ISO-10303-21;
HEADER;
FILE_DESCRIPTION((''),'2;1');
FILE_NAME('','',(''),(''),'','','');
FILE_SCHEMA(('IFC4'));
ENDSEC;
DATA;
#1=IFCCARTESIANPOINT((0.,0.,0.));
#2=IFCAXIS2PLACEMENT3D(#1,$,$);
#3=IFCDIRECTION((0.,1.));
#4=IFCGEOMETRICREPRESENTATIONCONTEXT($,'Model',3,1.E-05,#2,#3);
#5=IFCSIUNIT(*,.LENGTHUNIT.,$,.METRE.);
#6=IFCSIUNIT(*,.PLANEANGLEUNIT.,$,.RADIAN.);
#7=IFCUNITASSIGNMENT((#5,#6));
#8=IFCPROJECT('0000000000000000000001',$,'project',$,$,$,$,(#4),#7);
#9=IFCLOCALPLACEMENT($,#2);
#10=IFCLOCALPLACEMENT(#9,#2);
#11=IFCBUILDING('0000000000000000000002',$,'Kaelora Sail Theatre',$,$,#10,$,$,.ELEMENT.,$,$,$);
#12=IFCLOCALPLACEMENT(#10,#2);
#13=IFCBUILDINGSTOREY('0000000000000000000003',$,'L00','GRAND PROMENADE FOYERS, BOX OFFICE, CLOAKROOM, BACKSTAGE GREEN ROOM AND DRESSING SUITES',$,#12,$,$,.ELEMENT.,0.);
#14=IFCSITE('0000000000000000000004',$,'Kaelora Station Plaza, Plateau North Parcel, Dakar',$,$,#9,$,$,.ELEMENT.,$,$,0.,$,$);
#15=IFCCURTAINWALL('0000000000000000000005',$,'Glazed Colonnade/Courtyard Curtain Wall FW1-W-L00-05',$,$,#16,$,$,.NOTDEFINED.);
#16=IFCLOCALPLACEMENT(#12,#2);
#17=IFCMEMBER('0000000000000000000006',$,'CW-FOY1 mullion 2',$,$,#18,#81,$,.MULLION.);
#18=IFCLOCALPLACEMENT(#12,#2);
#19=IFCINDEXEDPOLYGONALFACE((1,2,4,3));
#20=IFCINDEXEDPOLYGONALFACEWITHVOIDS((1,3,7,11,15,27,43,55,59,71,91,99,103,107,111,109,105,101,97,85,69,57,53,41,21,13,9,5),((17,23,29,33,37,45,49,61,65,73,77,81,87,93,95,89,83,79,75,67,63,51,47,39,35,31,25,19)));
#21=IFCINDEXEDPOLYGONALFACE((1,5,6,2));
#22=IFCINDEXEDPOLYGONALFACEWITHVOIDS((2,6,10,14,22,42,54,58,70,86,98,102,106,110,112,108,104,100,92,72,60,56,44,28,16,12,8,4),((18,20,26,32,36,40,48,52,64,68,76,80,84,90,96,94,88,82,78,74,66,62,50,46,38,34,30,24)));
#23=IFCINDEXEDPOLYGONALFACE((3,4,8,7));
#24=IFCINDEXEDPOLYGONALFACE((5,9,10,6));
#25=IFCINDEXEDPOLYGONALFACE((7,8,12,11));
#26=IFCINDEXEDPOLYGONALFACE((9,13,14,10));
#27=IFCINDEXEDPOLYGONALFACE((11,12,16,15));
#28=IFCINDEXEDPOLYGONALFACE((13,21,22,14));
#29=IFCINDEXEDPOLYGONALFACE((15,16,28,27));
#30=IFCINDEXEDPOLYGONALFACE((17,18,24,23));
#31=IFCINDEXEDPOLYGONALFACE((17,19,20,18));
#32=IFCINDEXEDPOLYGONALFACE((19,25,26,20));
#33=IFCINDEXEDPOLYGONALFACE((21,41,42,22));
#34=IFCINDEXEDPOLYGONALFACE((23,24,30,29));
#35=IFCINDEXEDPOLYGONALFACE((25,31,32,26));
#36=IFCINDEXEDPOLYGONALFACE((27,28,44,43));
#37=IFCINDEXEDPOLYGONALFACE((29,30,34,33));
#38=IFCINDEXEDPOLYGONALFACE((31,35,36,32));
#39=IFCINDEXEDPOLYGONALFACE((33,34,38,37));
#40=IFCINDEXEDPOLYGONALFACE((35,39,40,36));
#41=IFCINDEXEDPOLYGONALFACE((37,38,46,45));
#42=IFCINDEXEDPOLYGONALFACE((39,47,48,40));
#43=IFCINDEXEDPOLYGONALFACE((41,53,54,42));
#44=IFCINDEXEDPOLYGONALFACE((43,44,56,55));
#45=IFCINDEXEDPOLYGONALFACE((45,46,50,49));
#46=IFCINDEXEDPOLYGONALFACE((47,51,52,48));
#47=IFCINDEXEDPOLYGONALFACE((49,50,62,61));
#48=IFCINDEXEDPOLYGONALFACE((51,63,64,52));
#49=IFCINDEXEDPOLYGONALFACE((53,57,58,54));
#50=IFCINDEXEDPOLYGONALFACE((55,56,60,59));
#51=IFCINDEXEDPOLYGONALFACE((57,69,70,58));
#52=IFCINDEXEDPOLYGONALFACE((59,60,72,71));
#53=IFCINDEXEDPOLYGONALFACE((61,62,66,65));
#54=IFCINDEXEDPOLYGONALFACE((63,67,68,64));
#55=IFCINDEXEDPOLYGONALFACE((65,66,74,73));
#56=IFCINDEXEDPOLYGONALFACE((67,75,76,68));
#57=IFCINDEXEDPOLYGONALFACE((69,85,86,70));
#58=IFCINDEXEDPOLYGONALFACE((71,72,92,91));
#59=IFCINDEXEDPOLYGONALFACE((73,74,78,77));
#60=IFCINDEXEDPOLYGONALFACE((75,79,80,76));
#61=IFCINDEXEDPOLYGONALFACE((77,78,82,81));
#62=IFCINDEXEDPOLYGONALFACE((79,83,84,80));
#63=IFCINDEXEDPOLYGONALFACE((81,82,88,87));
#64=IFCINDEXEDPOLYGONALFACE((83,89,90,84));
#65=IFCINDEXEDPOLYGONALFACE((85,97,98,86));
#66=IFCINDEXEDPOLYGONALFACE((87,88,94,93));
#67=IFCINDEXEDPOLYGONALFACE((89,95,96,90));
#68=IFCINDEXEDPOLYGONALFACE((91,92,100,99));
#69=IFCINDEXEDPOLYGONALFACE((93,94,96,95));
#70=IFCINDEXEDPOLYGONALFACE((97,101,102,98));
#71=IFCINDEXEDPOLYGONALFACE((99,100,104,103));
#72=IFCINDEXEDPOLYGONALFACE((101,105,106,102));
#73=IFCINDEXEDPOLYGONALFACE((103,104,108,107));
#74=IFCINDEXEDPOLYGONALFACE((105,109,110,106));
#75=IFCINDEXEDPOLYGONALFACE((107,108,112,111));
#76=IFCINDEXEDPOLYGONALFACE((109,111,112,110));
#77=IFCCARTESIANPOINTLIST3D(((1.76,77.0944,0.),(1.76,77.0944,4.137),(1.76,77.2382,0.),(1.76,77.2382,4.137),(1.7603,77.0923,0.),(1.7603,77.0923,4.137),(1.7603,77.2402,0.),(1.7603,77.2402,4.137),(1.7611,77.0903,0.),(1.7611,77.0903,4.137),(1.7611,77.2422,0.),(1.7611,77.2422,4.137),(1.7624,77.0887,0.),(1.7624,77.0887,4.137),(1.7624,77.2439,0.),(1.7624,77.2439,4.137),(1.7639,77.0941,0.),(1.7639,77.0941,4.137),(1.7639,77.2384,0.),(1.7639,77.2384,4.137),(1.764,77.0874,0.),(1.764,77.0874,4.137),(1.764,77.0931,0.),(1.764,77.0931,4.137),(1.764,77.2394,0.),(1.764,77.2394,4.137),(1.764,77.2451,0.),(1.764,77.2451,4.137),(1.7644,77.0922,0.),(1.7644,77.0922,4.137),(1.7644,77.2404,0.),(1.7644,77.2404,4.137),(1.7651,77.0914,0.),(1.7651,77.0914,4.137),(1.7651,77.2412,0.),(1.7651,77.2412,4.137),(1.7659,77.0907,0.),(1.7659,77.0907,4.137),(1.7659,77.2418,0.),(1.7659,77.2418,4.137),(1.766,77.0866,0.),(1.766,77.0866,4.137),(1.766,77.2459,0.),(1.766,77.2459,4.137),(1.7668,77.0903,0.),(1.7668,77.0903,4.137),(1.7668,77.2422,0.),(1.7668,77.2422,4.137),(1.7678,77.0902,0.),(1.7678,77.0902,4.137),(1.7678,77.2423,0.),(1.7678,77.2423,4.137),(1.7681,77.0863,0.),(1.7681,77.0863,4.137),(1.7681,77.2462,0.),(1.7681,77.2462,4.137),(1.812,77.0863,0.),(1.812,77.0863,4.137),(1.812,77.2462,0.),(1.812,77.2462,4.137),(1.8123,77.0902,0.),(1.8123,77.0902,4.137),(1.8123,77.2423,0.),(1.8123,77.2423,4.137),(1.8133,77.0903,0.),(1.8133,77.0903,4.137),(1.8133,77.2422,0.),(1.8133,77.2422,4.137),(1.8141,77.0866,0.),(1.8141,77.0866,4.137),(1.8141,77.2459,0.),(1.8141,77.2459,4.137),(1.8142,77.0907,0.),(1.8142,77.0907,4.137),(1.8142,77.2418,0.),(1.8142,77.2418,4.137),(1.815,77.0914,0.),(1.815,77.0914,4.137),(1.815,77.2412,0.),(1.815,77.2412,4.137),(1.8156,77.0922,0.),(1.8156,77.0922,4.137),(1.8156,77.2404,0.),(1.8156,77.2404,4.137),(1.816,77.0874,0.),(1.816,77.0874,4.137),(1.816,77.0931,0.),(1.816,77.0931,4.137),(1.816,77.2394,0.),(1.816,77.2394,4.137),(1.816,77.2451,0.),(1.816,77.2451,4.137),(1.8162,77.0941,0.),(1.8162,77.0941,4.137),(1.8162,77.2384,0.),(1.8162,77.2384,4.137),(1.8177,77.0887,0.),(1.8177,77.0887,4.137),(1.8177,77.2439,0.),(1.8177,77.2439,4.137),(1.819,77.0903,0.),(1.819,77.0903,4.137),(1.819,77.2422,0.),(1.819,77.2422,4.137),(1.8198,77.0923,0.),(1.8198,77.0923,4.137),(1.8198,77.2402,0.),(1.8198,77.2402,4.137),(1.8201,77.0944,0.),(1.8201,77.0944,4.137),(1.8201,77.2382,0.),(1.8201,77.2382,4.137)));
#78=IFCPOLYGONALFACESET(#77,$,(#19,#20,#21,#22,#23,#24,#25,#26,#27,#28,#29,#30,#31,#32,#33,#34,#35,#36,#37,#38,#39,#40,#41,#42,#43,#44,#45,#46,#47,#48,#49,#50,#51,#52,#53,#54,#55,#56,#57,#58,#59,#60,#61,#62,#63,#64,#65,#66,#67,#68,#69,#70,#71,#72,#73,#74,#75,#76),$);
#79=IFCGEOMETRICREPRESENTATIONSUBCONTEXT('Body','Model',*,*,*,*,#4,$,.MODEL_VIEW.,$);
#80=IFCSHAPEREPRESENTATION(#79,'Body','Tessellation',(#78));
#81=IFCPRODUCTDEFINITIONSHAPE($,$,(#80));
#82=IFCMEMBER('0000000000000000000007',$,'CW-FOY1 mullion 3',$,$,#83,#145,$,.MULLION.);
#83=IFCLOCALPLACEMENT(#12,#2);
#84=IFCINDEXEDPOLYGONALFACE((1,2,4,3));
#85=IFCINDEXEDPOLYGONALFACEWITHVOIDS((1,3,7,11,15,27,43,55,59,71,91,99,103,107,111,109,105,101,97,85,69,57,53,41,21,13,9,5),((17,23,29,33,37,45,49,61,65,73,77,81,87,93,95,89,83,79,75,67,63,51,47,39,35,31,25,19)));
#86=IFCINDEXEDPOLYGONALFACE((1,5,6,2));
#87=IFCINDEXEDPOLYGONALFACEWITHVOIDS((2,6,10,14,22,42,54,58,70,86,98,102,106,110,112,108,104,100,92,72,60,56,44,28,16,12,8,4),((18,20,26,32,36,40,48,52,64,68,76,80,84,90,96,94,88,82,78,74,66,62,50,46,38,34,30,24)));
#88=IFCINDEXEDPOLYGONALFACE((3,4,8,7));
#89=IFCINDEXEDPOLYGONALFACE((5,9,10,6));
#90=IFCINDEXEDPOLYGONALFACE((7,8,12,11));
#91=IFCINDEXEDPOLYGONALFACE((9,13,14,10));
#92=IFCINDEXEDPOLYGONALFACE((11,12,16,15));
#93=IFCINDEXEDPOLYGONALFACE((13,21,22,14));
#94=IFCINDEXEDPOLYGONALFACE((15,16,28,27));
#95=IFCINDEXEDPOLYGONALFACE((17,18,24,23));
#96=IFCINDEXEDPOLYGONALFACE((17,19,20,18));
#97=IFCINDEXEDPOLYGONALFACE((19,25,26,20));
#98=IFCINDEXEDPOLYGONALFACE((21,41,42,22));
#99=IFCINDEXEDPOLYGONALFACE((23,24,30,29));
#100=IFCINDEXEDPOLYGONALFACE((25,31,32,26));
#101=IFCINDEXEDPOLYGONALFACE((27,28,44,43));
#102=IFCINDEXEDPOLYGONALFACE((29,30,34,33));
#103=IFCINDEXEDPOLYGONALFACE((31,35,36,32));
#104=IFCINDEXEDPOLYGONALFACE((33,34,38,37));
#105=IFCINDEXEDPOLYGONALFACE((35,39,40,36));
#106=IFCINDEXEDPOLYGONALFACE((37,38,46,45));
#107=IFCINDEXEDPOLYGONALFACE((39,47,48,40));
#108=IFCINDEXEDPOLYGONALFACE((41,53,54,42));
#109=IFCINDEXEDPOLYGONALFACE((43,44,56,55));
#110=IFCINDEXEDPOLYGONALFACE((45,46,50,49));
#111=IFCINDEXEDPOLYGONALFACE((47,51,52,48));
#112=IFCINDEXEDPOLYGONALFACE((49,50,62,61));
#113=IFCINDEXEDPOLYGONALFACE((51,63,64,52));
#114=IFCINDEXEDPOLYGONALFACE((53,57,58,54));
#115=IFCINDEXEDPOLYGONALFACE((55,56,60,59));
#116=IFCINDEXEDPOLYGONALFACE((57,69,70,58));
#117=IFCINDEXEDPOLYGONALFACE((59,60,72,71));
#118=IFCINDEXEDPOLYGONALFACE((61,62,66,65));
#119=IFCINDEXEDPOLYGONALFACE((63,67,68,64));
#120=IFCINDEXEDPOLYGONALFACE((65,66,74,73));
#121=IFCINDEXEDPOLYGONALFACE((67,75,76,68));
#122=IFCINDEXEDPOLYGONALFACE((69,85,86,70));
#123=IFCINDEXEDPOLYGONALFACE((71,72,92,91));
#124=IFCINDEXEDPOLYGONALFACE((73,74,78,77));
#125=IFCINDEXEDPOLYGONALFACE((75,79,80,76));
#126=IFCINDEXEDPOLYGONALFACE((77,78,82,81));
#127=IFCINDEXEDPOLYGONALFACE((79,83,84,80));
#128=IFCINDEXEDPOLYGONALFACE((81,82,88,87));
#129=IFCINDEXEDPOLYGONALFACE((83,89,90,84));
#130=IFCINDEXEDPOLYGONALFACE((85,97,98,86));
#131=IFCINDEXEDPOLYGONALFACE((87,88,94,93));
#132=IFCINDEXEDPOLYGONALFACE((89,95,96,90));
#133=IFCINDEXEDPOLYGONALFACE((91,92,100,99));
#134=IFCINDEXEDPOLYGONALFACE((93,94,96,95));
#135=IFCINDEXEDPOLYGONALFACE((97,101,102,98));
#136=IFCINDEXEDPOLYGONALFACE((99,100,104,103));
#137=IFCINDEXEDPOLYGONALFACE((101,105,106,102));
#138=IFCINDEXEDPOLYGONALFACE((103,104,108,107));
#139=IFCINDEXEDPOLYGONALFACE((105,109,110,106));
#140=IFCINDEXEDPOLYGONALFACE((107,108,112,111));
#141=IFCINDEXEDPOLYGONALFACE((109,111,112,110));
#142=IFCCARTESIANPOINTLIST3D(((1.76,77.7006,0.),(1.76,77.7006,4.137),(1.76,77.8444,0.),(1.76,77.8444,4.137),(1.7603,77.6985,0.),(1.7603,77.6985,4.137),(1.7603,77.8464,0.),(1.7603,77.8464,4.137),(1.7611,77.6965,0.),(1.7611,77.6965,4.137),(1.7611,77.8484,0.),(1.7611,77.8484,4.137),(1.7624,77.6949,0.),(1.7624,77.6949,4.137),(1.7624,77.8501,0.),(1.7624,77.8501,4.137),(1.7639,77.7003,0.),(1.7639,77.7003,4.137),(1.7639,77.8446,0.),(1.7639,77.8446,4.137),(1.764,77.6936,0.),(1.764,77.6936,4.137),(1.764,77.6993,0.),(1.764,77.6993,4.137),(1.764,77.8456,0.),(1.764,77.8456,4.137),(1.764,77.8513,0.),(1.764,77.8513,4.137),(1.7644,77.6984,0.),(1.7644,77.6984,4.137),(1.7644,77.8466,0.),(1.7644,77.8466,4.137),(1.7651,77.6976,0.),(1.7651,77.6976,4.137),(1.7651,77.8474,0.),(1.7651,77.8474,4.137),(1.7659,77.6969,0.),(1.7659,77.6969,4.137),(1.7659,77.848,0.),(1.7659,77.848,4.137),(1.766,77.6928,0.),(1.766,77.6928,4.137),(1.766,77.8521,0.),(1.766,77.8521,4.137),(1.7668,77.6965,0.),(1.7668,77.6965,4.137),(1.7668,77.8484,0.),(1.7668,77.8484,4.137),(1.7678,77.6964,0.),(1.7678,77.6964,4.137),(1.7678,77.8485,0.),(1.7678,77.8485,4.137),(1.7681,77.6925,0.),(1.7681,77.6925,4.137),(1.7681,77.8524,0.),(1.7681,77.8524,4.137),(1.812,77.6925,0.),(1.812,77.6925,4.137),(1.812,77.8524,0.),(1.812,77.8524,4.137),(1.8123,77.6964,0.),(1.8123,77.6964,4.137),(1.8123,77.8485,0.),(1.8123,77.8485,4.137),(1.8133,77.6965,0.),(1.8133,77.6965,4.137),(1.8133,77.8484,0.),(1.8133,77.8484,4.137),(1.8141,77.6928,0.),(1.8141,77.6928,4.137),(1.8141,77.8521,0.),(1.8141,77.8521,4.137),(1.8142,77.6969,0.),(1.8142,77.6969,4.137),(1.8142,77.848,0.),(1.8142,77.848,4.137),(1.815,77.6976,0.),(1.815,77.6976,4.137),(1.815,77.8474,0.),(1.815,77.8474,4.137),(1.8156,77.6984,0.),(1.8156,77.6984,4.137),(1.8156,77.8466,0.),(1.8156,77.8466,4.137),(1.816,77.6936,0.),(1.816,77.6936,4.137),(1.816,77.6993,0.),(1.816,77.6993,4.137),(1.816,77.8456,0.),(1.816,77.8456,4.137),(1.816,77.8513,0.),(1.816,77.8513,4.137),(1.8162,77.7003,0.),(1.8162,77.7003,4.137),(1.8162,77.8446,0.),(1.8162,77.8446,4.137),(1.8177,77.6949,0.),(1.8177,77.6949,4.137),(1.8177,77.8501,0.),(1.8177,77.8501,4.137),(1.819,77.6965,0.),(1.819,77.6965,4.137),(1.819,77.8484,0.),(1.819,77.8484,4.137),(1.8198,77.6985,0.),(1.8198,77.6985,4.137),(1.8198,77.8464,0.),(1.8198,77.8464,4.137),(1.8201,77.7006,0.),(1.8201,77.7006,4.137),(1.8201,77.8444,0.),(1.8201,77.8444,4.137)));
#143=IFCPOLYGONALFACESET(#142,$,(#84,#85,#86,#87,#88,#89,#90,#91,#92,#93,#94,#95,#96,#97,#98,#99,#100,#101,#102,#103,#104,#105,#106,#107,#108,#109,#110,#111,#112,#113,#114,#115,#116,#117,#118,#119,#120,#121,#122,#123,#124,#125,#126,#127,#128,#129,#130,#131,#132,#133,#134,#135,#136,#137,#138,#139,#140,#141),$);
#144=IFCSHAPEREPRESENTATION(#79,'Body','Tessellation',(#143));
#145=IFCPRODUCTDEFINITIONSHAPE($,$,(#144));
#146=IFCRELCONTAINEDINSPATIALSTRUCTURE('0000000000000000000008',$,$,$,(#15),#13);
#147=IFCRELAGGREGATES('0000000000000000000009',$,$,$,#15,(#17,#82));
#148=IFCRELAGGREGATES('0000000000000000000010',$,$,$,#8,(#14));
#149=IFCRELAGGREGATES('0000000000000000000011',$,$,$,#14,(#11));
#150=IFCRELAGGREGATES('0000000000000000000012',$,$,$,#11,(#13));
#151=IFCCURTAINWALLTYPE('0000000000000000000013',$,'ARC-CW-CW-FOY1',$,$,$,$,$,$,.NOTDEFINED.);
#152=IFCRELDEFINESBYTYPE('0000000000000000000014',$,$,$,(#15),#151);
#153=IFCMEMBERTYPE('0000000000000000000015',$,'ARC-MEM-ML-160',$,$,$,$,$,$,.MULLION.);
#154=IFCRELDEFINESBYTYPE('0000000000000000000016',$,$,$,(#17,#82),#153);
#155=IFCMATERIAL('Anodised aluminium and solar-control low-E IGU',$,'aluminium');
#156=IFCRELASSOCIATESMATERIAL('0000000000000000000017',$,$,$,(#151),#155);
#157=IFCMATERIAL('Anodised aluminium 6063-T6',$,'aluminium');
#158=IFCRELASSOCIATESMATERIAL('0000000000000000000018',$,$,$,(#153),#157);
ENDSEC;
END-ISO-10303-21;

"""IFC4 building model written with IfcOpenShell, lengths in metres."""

from ifc_helpers import new_model, si_unit, direction, frame, origin, origin_2d, place, context, subcontext, project, spatial, hollow_rectangle, extrude, material, material_profile, profile_set, type_object, element, aggregate, save


model = new_model("IFC4")

# Units and contexts
model_context = context("Model", 3, precision=1e-05, world=origin(), true_north=direction((0.0, 1.0)))
body_context = subcontext(model_context, "Body", "Model", "MODEL_VIEW")
ifc_project = project(units=[si_unit("LENGTHUNIT", "METRE"), si_unit("PLANEANGLEUNIT", "RADIAN")], contexts=[model_context])

# Site, building, storey
site_placement = place(None, origin())
site = spatial("IfcSite", under=ifc_project, at=site_placement, Name="Kaelora Station Plaza, Plateau North Parcel, Dakar", CompositionType="ELEMENT", RefElevation=0.0)
building_placement = place(site_placement, origin())
building = spatial("IfcBuilding", under=site, at=building_placement, Name="Kaelora Sail Theatre", CompositionType="ELEMENT")
storey_placement = place(building_placement, origin())
storey = spatial("IfcBuildingStorey", under=building, at=storey_placement, Name="L00", Description="GRAND PROMENADE FOYERS, BOX OFFICE, CLOAKROOM, BACKSTAGE GREEN ROOM AND DRESSING SUITES", CompositionType="ELEMENT", Elevation=0.0)

# Curtain wall, members
ifc_material_1 = material(Name="Anodised aluminium and solar-control low-E IGU", Category="aluminium")
curtain_wall_type = type_object("IfcCurtainWallType", Name="ARC-CW-CW-FOY1", PredefinedType="NOTDEFINED", material=ifc_material_1)
curtain_wall_placement = place(storey_placement, origin())
curtain_wall = element("IfcCurtainWall", 1, at=curtain_wall_placement, inside=storey, type_object=curtain_wall_type, Name="Glazed Colonnade/Courtyard Curtain Wall FW1-W-L00-05", PredefinedType="NOTDEFINED")
ifc_material_2 = material(Name="Anodised aluminium 6063-T6", Category="aluminium")
ifc_material_profile_1 = material_profile(ifc_material_2, hollow_rectangle(XDim=0.0601, YDim=0.1599, WallThickness=0.0039, InnerFilletRadius=0.0039, OuterFilletRadius=0.0081, at=origin_2d()), Name="ALU-MULL 60x160x4")
ifc_profile_set_1 = profile_set([ifc_material_profile_1], Name="Anodised aluminium 6063-T6")
member_type_1 = type_object("IfcMemberType", Name="ARC-MEM-ML-160", PredefinedType="MULLION", material=ifc_profile_set_1)
member_1_placement = place(storey_placement, frame((1.79, 77.1663, 0.0), z_axis=(0.0, 0.0, 1.0), x_axis=(-1.0, 0.0, 0.0)))
member_1 = element("IfcMember", 2, at=member_1_placement, type_object=member_type_1, Name="CW-FOY1 mullion 2", PredefinedType="MULLION", context=body_context, shape_type="SweptSolid", body=[
    extrude(hollow_rectangle(XDim=0.0601, YDim=0.1599, WallThickness=0.0039, InnerFilletRadius=0.0039, OuterFilletRadius=0.0081, at=origin_2d()), origin(), (0.0, 0.0, 1.0), 4.137),
])
member_2_placement = place(storey_placement, frame((1.79, 77.7725, 0.0), z_axis=(0.0, 0.0, 1.0), x_axis=(-1.0, 0.0, 0.0)))
member_2 = element("IfcMember", 3, at=member_2_placement, type_object=member_type_1, Name="CW-FOY1 mullion 3", PredefinedType="MULLION", context=body_context, shape_type="SweptSolid", body=[
    extrude(hollow_rectangle(XDim=0.0601, YDim=0.1599, WallThickness=0.0039, InnerFilletRadius=0.0039, OuterFilletRadius=0.0081, at=origin_2d()), origin(), (0.0, 0.0, 1.0), 4.137),
])
aggregate(curtain_wall, [member_1, member_2])

save(model, "model.ifc")
